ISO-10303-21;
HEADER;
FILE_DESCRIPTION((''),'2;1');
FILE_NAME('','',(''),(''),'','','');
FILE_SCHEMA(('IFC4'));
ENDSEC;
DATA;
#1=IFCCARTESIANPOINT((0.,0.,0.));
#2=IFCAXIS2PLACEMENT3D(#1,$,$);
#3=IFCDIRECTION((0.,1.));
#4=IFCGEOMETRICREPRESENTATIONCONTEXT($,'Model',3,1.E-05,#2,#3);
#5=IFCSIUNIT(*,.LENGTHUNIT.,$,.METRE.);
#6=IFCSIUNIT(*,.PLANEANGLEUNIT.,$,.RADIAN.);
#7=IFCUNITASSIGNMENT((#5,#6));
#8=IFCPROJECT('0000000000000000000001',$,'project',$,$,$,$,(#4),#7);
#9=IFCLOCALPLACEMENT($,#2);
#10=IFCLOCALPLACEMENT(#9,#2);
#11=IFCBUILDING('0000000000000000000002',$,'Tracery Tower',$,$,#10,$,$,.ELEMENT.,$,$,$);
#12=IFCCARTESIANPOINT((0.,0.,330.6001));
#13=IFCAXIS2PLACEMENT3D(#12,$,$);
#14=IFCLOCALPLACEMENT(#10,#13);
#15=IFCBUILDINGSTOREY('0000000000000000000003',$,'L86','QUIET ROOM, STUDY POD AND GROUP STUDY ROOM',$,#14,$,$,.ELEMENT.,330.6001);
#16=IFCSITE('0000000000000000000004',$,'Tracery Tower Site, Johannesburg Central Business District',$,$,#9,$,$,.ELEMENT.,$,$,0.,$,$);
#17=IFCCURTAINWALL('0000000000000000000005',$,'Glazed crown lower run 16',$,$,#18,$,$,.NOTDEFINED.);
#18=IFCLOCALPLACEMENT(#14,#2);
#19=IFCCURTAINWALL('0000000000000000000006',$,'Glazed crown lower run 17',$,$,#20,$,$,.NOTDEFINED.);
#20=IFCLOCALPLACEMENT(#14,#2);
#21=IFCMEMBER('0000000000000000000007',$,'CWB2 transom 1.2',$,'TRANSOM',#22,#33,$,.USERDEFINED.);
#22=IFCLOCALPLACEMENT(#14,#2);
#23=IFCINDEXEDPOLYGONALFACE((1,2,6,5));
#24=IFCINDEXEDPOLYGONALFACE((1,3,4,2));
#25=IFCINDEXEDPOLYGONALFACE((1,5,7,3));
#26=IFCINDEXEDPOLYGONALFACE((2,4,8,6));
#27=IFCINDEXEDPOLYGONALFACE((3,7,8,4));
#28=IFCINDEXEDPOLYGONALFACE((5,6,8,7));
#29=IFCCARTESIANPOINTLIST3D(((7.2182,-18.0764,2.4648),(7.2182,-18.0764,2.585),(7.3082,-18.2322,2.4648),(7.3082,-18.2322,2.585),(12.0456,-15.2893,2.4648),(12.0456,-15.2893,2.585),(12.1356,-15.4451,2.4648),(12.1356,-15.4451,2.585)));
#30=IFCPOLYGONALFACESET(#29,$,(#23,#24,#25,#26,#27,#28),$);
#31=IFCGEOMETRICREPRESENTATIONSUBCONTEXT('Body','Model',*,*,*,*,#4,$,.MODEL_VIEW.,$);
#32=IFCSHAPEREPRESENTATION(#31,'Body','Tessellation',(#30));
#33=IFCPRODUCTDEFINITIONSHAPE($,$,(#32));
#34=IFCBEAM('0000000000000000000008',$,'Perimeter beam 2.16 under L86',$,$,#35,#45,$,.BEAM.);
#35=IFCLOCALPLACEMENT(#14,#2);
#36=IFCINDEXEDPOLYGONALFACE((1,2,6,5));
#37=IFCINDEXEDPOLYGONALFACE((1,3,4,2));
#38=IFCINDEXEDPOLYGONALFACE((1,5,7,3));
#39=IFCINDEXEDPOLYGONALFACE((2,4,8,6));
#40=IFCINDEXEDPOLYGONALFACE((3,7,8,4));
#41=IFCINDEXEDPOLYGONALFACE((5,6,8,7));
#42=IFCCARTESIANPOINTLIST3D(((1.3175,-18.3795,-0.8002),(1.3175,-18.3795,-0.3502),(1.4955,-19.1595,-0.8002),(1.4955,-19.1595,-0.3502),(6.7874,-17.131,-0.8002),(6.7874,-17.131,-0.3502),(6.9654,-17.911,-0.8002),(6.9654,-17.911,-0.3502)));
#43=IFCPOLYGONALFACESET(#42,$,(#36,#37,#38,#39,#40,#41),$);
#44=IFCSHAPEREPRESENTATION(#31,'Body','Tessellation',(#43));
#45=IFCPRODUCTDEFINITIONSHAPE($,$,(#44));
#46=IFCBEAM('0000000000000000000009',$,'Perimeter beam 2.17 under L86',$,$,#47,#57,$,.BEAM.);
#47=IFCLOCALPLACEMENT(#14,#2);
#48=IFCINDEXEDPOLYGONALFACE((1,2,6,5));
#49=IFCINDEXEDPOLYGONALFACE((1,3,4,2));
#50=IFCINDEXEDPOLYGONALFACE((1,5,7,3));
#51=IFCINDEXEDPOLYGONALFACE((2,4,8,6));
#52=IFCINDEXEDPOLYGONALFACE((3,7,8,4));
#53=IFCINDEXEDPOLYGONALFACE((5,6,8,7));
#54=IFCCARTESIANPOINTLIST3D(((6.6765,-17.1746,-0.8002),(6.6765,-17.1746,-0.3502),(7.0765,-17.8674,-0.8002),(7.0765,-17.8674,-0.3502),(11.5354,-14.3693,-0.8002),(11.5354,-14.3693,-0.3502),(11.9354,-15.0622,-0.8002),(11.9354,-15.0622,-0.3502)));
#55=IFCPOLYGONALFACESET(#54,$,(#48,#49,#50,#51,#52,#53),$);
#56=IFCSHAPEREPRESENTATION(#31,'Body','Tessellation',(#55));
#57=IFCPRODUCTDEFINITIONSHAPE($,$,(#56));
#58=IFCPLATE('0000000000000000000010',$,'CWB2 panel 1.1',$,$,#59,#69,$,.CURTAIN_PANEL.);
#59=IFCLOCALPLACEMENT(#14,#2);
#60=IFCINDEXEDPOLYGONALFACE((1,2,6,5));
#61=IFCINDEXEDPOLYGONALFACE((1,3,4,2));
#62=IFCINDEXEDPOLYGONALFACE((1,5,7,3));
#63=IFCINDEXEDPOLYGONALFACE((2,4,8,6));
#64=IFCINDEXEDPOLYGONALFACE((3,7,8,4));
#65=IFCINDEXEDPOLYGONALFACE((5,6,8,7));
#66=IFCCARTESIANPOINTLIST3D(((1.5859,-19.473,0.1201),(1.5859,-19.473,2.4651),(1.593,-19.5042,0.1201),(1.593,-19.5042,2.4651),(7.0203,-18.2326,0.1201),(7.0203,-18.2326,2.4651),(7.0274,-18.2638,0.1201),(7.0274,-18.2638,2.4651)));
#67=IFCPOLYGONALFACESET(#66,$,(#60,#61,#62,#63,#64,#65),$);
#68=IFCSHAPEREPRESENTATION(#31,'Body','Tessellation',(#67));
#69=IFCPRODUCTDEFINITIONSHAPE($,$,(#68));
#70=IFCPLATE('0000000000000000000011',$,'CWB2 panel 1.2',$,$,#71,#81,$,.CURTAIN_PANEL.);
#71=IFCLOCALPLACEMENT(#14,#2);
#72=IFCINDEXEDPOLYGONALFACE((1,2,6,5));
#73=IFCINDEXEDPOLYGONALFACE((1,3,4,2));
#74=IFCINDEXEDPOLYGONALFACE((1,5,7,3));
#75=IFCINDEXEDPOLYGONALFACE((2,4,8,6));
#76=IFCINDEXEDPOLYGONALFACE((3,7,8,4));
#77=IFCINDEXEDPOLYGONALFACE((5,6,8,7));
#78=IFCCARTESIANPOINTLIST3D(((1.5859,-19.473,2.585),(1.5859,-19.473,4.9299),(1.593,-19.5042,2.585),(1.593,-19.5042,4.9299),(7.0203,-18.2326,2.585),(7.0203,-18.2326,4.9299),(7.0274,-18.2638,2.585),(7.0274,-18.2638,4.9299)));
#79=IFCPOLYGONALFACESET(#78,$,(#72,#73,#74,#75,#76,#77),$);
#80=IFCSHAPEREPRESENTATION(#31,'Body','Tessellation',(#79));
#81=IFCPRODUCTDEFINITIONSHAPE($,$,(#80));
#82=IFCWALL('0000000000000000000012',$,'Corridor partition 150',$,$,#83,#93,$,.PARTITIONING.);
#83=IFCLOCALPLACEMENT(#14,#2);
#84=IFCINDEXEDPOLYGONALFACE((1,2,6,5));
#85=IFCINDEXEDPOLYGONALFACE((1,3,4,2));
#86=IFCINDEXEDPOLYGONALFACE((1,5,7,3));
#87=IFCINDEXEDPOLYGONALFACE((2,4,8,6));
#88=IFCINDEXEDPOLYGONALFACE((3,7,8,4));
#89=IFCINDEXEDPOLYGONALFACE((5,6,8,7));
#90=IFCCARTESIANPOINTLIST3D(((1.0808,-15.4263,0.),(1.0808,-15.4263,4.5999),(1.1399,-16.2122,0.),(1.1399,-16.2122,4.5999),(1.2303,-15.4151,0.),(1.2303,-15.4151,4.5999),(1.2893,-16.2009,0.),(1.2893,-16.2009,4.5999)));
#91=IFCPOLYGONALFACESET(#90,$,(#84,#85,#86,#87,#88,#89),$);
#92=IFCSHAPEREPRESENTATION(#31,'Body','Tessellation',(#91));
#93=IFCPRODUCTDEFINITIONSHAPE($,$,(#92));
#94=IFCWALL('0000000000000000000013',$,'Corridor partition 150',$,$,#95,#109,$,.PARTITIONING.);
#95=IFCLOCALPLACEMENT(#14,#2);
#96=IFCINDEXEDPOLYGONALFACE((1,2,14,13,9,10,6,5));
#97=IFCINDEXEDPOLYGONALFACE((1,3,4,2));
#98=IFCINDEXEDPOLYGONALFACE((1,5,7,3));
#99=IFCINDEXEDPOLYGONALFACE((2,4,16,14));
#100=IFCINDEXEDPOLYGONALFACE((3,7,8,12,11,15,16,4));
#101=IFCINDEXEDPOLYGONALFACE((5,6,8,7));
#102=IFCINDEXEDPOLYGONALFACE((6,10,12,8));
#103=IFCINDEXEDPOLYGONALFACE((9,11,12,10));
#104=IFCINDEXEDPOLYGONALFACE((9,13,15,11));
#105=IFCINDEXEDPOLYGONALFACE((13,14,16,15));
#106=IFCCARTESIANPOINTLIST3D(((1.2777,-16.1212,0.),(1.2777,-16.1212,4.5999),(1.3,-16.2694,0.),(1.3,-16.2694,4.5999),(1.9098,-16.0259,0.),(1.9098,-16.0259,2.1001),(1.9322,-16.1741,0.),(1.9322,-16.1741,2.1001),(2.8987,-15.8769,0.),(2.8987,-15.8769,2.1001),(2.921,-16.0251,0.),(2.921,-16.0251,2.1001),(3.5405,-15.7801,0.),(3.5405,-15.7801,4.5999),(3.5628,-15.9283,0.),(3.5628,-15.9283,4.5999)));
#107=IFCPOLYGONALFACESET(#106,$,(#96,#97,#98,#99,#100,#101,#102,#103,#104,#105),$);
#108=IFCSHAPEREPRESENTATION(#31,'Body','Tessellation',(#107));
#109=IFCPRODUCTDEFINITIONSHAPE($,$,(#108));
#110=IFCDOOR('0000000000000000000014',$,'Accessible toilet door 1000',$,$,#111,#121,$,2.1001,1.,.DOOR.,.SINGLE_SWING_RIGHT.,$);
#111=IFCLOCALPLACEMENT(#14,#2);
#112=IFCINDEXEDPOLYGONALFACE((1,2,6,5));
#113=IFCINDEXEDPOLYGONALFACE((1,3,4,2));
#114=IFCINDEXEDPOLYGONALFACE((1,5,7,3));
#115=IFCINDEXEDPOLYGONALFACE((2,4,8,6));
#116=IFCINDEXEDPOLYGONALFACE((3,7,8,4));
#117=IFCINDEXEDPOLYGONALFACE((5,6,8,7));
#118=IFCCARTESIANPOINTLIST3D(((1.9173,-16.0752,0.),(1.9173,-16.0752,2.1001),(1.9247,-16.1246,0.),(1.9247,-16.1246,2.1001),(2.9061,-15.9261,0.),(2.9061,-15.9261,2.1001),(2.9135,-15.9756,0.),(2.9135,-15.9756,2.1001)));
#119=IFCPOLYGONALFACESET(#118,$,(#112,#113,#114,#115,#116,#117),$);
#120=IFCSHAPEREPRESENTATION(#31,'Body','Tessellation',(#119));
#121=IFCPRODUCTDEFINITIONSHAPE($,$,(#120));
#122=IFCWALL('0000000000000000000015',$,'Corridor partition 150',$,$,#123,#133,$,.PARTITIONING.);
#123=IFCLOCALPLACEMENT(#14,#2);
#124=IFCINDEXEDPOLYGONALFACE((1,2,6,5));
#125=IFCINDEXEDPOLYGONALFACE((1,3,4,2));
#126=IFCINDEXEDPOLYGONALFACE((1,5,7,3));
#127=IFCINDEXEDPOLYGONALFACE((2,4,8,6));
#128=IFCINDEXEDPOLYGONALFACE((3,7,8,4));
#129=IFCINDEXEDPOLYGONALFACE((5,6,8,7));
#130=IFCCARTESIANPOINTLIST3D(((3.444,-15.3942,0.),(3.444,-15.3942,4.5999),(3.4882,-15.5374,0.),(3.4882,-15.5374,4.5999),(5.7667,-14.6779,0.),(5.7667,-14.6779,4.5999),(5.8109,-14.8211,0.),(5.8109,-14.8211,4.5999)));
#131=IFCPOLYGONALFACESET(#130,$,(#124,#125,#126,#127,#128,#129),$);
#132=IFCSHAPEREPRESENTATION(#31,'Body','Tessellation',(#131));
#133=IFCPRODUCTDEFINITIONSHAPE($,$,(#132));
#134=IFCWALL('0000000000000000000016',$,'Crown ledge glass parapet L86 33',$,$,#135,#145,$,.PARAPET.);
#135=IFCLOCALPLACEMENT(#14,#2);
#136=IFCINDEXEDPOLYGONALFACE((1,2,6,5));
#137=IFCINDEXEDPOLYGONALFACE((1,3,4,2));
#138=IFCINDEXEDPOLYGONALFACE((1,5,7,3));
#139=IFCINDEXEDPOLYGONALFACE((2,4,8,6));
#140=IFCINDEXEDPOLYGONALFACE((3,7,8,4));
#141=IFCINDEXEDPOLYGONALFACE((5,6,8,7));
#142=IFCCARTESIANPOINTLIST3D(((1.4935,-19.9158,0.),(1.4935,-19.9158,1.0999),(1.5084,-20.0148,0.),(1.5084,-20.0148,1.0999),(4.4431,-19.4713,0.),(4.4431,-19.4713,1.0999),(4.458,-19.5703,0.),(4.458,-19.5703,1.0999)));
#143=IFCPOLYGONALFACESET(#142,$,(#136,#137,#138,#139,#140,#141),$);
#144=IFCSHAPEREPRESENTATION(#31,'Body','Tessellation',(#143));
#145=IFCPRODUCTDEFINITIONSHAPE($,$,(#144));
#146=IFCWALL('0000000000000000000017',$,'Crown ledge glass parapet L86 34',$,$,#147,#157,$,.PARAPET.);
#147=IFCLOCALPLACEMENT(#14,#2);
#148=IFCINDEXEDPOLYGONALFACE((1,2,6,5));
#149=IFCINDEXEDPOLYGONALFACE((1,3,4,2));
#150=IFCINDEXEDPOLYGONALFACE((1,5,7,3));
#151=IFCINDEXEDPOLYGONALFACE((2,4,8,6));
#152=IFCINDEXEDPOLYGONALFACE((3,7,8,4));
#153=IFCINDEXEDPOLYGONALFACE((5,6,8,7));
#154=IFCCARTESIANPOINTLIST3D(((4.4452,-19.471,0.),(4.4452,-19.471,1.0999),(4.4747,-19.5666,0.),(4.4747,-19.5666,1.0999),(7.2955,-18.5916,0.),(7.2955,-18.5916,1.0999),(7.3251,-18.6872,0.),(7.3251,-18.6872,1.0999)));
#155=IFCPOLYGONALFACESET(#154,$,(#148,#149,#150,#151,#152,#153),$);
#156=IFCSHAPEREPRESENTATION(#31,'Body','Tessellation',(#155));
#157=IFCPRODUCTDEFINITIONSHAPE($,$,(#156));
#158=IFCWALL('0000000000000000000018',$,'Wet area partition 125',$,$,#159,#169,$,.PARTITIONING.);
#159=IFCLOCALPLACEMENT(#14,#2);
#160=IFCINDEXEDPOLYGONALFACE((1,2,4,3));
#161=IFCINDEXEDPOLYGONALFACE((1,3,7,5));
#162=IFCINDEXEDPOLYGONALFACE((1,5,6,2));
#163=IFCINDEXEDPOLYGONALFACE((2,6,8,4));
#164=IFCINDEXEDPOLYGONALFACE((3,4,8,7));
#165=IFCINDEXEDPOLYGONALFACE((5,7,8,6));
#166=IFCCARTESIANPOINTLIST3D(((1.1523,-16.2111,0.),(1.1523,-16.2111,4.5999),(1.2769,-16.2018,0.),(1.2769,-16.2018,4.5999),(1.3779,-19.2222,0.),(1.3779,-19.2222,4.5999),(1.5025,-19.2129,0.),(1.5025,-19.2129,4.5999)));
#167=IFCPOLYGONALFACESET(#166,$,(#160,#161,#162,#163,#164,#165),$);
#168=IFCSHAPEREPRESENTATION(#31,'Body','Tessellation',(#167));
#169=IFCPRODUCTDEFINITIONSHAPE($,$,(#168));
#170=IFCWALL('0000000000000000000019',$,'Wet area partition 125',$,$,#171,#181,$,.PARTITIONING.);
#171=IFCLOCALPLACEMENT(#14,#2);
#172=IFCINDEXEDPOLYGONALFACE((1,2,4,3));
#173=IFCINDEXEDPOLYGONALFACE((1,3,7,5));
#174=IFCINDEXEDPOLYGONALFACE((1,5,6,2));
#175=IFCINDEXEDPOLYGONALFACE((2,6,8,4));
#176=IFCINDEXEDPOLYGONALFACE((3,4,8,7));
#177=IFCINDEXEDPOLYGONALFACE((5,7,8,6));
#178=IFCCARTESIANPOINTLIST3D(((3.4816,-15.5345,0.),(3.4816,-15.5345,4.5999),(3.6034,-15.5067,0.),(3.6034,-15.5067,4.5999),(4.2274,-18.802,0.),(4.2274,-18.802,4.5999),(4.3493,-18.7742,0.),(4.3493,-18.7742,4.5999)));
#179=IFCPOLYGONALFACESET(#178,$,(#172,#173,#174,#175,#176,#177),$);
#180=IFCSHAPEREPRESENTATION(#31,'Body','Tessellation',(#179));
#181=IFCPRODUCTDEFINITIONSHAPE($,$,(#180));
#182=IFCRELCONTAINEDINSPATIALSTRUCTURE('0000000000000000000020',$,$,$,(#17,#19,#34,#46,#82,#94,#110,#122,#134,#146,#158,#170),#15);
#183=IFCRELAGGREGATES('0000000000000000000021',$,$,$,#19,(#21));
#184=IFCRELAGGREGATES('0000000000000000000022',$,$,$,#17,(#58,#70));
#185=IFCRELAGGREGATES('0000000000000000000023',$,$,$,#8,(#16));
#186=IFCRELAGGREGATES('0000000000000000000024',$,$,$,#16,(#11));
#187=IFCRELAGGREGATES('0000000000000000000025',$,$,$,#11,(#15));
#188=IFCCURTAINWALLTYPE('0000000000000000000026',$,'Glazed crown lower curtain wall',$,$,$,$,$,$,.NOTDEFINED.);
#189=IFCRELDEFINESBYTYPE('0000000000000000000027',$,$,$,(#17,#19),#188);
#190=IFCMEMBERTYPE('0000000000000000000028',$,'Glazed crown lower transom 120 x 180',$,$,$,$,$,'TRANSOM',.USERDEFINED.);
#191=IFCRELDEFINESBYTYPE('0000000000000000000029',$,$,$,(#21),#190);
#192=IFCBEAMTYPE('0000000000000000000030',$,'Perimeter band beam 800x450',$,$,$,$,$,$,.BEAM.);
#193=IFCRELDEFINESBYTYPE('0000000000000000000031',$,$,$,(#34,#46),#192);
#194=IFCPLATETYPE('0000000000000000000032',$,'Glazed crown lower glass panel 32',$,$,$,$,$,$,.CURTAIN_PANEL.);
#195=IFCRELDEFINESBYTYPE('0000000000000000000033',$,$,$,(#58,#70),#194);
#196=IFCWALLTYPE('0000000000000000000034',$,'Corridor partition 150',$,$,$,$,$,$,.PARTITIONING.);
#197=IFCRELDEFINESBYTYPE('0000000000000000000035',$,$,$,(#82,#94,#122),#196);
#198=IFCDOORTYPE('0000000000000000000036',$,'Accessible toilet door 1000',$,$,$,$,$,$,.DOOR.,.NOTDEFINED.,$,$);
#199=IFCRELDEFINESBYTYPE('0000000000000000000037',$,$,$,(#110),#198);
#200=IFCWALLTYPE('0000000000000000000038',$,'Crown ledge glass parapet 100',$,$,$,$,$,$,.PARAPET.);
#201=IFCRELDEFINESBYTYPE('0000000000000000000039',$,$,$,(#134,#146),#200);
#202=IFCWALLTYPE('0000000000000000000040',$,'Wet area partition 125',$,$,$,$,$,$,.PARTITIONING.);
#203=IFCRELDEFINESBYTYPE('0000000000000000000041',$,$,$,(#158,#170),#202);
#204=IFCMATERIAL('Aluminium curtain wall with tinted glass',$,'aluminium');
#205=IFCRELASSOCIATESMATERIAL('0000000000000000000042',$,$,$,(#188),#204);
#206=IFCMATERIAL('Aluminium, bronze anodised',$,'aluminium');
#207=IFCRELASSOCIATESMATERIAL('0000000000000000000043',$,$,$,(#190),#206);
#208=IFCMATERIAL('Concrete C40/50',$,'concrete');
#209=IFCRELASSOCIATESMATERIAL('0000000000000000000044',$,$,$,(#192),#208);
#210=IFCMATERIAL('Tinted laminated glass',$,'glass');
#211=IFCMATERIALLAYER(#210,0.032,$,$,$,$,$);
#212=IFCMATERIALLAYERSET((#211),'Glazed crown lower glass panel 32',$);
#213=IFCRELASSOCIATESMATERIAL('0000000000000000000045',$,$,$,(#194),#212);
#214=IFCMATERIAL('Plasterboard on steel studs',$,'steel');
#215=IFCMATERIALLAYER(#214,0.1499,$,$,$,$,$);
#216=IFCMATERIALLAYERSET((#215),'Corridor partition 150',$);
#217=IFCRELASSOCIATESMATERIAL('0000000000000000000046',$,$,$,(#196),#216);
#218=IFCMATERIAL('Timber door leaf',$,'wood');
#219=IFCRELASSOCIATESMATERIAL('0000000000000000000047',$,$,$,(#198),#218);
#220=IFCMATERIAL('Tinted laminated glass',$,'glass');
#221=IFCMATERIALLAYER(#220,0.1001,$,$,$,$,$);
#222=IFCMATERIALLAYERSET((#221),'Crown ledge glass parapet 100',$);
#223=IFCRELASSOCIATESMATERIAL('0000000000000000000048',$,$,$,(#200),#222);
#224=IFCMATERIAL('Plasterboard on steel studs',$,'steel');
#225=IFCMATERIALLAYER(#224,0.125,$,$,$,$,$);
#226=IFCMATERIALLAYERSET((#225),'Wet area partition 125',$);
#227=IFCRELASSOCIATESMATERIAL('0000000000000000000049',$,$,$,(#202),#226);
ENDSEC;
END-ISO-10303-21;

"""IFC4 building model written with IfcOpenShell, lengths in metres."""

from ifc_helpers import new_model, si_unit, direction, frame, frame_2d, origin, origin_2d, place, context, subcontext, project, spatial, rectangle, extrude, material, layer, layer_set, material_profile, profile_set, type_object, element, fill, aggregate, save


model = new_model("IFC4")

# Units and contexts
model_context = context("Model", 3, precision=1e-05, world=origin(), true_north=direction((0.0, 1.0)))
body_context = subcontext(model_context, "Body", "Model", "MODEL_VIEW")
ifc_project = project(units=[si_unit("LENGTHUNIT", "METRE"), si_unit("PLANEANGLEUNIT", "RADIAN")], contexts=[model_context])

# Site, building, storey
site_placement = place(None, origin())
site = spatial("IfcSite", under=ifc_project, at=site_placement, Name="Tracery Tower Site, Johannesburg Central Business District", CompositionType="ELEMENT", RefElevation=0.0)
building_placement = place(site_placement, origin())
building = spatial("IfcBuilding", under=site, at=building_placement, Name="Tracery Tower", CompositionType="ELEMENT")
storey_placement = place(building_placement, frame((0.0, 0.0, 330.6001)))
storey = spatial("IfcBuildingStorey", under=building, at=storey_placement, Name="L86", Description="QUIET ROOM, STUDY POD AND GROUP STUDY ROOM", CompositionType="ELEMENT", Elevation=330.6001)

# Shared definitions
ifc_material_1 = material(Name="Aluminium curtain wall with tinted glass", Category="aluminium")
curtain_wall_type = type_object("IfcCurtainWallType", Name="Glazed crown lower curtain wall", PredefinedType="NOTDEFINED", material=ifc_material_1)

# Curtain wall
curtain_wall_1_placement = place(storey_placement, origin())
curtain_wall_1 = element("IfcCurtainWall", 1, at=curtain_wall_1_placement, inside=storey, type_object=curtain_wall_type, Name="Glazed crown lower run 16", PredefinedType="NOTDEFINED")

# Curtain wall
curtain_wall_2_placement = place(storey_placement, origin())
curtain_wall_2 = element("IfcCurtainWall", 2, at=curtain_wall_2_placement, inside=storey, type_object=curtain_wall_type, Name="Glazed crown lower run 17", PredefinedType="NOTDEFINED")

# Member
ifc_material_2 = material(Name="Aluminium, bronze anodised", Category="aluminium")
ifc_material_profile_1 = material_profile(ifc_material_2, rectangle(XDim=0.1799, YDim=0.1201, at=origin_2d()), Name="Glazed crown lower transom 120 x 180")
ifc_profile_set_1 = profile_set([ifc_material_profile_1], Name="Aluminium, bronze anodised")
member_type_1 = type_object("IfcMemberType", Name="Glazed crown lower transom 120 x 180", ElementType="TRANSOM", PredefinedType="USERDEFINED", material=ifc_profile_set_1)
member_1_placement = place(storey_placement, frame((7.2632, -18.1543, 2.5249), z_axis=(0.866024, 0.500002, 0.0), x_axis=(-0.500002, 0.866024, 0.0)))
member_1 = element("IfcMember", 3, at=member_1_placement, type_object=member_type_1, Name="CWB2 transom 1.2", ObjectType="TRANSOM", PredefinedType="USERDEFINED", context=body_context, shape_type="SweptSolid", body=[
    extrude(rectangle(XDim=0.1799, YDim=0.1201, at=origin_2d()), origin(), (0.0, 0.0, 1.0), 5.5742),
])
aggregate(curtain_wall_2, [member_1])

# Beams
ifc_material_3 = material(Name="Concrete C40/50", Category="concrete")
ifc_material_profile_2 = material_profile(ifc_material_3, rectangle(XDim=0.8, YDim=0.45, at=origin_2d()), Name="RC 800x450")
ifc_profile_set_2 = profile_set([ifc_material_profile_2], Name="Concrete C40/50")
beam_type = type_object("IfcBeamType", Name="Perimeter band beam 800x450", PredefinedType="BEAM", material=ifc_profile_set_2)
for number, where, z_axis, x_axis, name in (
    (4, (1.4065, -18.7695, -0.5752), (0.974926, 0.222529, 0.0), (-0.222529, 0.974926, 0.0), "Perimeter beam 2.16 under L86"),
    (5, (6.8765, -17.521, -0.5752), (0.866033, 0.499986, 0.0), (-0.499986, 0.866033, 0.0), "Perimeter beam 2.17 under L86"),
):
    element("IfcBeam", number, at=place(storey_placement, frame(where, z_axis=z_axis, x_axis=x_axis)), inside=storey, type_object=beam_type, Name=name, PredefinedType="BEAM", context=body_context, shape_type="SweptSolid", body=[
        extrude(rectangle(XDim=0.8, YDim=0.45, at=origin_2d()), origin(), (0.0, 0.0, 1.0), 5.6106),
    ])

# Plates
ifc_material_4 = material(Name="Tinted laminated glass", Category="glass")
ifc_layer_1 = layer(ifc_material_4, 0.032)
ifc_layer_set_1 = layer_set([ifc_layer_1], Name="Glazed crown lower glass panel 32")
plate_type = type_object("IfcPlateType", Name="Glazed crown lower glass panel 32", PredefinedType="CURTAIN_PANEL", material=ifc_layer_set_1)
plate_1_placement = place(storey_placement, frame((4.3066, -18.8684, 0.1201), z_axis=(0.0, 0.0, 1.0), x_axis=(0.974925, 0.222534, 0.0)))
plate_1 = element("IfcPlate", 6, at=plate_1_placement, type_object=plate_type, Name="CWB2 panel 1.1", PredefinedType="CURTAIN_PANEL", context=body_context, shape_type="SweptSolid", body=[
    extrude(rectangle(XDim=5.5742, YDim=0.032, at=origin_2d()), origin(), (0.0, 0.0, 1.0), 2.345),
])
plate_2_placement = place(storey_placement, frame((4.3066, -18.8684, 2.585), z_axis=(0.0, 0.0, 1.0), x_axis=(0.974925, 0.222534, 0.0)))
plate_2 = element("IfcPlate", 7, at=plate_2_placement, type_object=plate_type, Name="CWB2 panel 1.2", PredefinedType="CURTAIN_PANEL", context=body_context, shape_type="SweptSolid", body=[
    extrude(rectangle(XDim=5.5742, YDim=0.032, at=origin_2d()), origin(), (0.0, 0.0, 1.0), 2.345),
])
aggregate(curtain_wall_1, [plate_1, plate_2])

# Wall
ifc_material_5 = material(Name="Plasterboard on steel studs", Category="steel")
ifc_layer_2 = layer(ifc_material_5, 0.1499)
ifc_layer_set_2 = layer_set([ifc_layer_2], Name="Corridor partition 150")
wall_type_1 = type_object("IfcWallType", Name="Corridor partition 150", PredefinedType="PARTITIONING", material=ifc_layer_set_2)
wall_1_placement = place(storey_placement, frame((1.2146, -16.2065, 0.0), z_axis=(0.0, 0.0, 1.0), x_axis=(-0.074967, 0.997186, 0.0)))
element("IfcWall", 8, at=wall_1_placement, inside=storey, type_object=wall_type_1, Name="Corridor partition 150", PredefinedType="PARTITIONING", context=body_context, shape_type="SweptSolid", body=[
    extrude(rectangle(XDim=0.7881, YDim=0.1499, at=frame_2d((0.394, 0.0))), origin(), (0.0, 0.0, 1.0), 4.5999),
])

# Wall, opening, door
wall_2_placement = place(storey_placement, frame((3.5515, -15.8542, 0.0), z_axis=(0.0, 0.0, 1.0), x_axis=(-0.98883, -0.14905, 0.0)))
wall_2 = element("IfcWall", 9, at=wall_2_placement, inside=storey, type_object=wall_type_1, Name="Corridor partition 150", PredefinedType="PARTITIONING", context=body_context, shape_type="SweptSolid", body=[
    extrude(rectangle(XDim=2.2883, YDim=0.1499, at=frame_2d((1.144, 0.0))), origin(), (0.0, 0.0, 1.0), 4.5999),
])
opening_placement = place(wall_2_placement, frame((0.6489, 0.0, 0.0)))
opening = element("IfcOpeningElement", 10, at=opening_placement, cuts=wall_2, PredefinedType="OPENING", context=body_context, shape_type="SweptSolid", body=[
    extrude(rectangle(XDim=1.0, YDim=2.1001, at=frame_2d((0.5, 1.05))), frame((0.0, 0.075, 0.0), z_axis=(0.0, -1.0, 0.0), x_axis=(1.0, 0.0, 0.0)), (0.0, 0.0, 1.0), 0.1499),
])
ifc_material_6 = material(Name="Timber door leaf", Category="wood")
door_type = type_object("IfcDoorType", Name="Accessible toilet door 1000", OperationType="NOTDEFINED", PredefinedType="DOOR", material=ifc_material_6)
door_placement = place(opening_placement, origin())
door = element("IfcDoor", 11, at=door_placement, inside=storey, type_object=door_type, Name="Accessible toilet door 1000", OperationType="SINGLE_SWING_RIGHT", OverallHeight=2.1001, OverallWidth=1.0, PredefinedType="DOOR", context=body_context, shape_type="SweptSolid", body=[
    extrude(rectangle(XDim=1.0, YDim=2.1001, at=frame_2d((0.5, 1.05))), frame((0.0, 0.0249, 0.0), z_axis=(0.0, -1.0, 0.0), x_axis=(1.0, 0.0, 0.0)), (0.0, 0.0, 1.0), 0.05),
])
fill(opening, door)

# Walls
wall_3_placement = place(storey_placement, frame((3.4661, -15.4658, 0.0), z_axis=(0.0, 0.0, 1.0), x_axis=(0.955592, 0.294693, 0.0)))
element("IfcWall", 12, at=wall_3_placement, inside=storey, type_object=wall_type_1, Name="Corridor partition 150", PredefinedType="PARTITIONING", context=body_context, shape_type="SweptSolid", body=[
    extrude(rectangle(XDim=2.4307, YDim=0.1499, at=frame_2d((1.2153, 0.0))), origin(), (0.0, 0.0, 1.0), 4.5999),
])
ifc_material_7 = material(Name="Tinted laminated glass", Category="glass")
ifc_layer_3 = layer(ifc_material_7, 0.1001)
ifc_layer_set_3 = layer_set([ifc_layer_3], Name="Crown ledge glass parapet 100")
wall_type_2 = type_object("IfcWallType", Name="Crown ledge glass parapet 100", PredefinedType="PARAPET", material=ifc_layer_set_3)
for number, where, z_axis, x_axis, name in (
    (13, (1.501, -19.9653, 0.0), (0.0, 0.0, 1.0), (0.988832, 0.149037, 0.0), "Crown ledge glass parapet L86 33"),
    (14, (4.46, -19.5188, 0.0), (0.0, 0.0, 1.0), (0.955556, 0.29481, 0.0), "Crown ledge glass parapet L86 34"),
):
    element("IfcWall", number, at=place(storey_placement, frame(where, z_axis=z_axis, x_axis=x_axis)), inside=storey, type_object=wall_type_2, Name=name, PredefinedType="PARAPET", context=body_context, shape_type="SweptSolid", body=[
        extrude(rectangle(XDim=2.9829, YDim=0.1001, at=frame_2d((1.4915, 0.0))), origin(), (0.0, 0.0, 1.0), 1.0999),
    ])
ifc_material_8 = material(Name="Plasterboard on steel studs", Category="steel")
ifc_layer_4 = layer(ifc_material_8, 0.125)
ifc_layer_set_4 = layer_set([ifc_layer_4], Name="Wet area partition 125")
wall_type_3 = type_object("IfcWallType", Name="Wet area partition 125", PredefinedType="PARTITIONING", material=ifc_layer_set_4)
wall_4_placement = place(storey_placement, frame((1.4402, -19.2175, 0.0), z_axis=(0.0, 0.0, 1.0), x_axis=(-0.074712, 0.997205, 0.0)))
element("IfcWall", 15, at=wall_4_placement, inside=storey, type_object=wall_type_3, Name="Wet area partition 125", PredefinedType="PARTITIONING", context=body_context, shape_type="SweptSolid", body=[
    extrude(rectangle(XDim=3.0195, YDim=0.125, at=frame_2d((1.5098, 0.0))), origin(), (0.0, 0.0, 1.0), 4.5999),
])
wall_5_placement = place(storey_placement, frame((4.2883, -18.7881, 0.0), z_axis=(0.0, 0.0, 1.0), x_axis=(-0.222534, 0.974925, 0.0)))
element("IfcWall", 16, at=wall_5_placement, inside=storey, type_object=wall_type_3, Name="Wet area partition 125", PredefinedType="PARTITIONING", context=body_context, shape_type="SweptSolid", body=[
    extrude(rectangle(XDim=3.3516, YDim=0.125, at=frame_2d((1.6758, 0.0))), origin(), (0.0, 0.0, 1.0), 4.5999),
])

save(model, "model.ifc")
